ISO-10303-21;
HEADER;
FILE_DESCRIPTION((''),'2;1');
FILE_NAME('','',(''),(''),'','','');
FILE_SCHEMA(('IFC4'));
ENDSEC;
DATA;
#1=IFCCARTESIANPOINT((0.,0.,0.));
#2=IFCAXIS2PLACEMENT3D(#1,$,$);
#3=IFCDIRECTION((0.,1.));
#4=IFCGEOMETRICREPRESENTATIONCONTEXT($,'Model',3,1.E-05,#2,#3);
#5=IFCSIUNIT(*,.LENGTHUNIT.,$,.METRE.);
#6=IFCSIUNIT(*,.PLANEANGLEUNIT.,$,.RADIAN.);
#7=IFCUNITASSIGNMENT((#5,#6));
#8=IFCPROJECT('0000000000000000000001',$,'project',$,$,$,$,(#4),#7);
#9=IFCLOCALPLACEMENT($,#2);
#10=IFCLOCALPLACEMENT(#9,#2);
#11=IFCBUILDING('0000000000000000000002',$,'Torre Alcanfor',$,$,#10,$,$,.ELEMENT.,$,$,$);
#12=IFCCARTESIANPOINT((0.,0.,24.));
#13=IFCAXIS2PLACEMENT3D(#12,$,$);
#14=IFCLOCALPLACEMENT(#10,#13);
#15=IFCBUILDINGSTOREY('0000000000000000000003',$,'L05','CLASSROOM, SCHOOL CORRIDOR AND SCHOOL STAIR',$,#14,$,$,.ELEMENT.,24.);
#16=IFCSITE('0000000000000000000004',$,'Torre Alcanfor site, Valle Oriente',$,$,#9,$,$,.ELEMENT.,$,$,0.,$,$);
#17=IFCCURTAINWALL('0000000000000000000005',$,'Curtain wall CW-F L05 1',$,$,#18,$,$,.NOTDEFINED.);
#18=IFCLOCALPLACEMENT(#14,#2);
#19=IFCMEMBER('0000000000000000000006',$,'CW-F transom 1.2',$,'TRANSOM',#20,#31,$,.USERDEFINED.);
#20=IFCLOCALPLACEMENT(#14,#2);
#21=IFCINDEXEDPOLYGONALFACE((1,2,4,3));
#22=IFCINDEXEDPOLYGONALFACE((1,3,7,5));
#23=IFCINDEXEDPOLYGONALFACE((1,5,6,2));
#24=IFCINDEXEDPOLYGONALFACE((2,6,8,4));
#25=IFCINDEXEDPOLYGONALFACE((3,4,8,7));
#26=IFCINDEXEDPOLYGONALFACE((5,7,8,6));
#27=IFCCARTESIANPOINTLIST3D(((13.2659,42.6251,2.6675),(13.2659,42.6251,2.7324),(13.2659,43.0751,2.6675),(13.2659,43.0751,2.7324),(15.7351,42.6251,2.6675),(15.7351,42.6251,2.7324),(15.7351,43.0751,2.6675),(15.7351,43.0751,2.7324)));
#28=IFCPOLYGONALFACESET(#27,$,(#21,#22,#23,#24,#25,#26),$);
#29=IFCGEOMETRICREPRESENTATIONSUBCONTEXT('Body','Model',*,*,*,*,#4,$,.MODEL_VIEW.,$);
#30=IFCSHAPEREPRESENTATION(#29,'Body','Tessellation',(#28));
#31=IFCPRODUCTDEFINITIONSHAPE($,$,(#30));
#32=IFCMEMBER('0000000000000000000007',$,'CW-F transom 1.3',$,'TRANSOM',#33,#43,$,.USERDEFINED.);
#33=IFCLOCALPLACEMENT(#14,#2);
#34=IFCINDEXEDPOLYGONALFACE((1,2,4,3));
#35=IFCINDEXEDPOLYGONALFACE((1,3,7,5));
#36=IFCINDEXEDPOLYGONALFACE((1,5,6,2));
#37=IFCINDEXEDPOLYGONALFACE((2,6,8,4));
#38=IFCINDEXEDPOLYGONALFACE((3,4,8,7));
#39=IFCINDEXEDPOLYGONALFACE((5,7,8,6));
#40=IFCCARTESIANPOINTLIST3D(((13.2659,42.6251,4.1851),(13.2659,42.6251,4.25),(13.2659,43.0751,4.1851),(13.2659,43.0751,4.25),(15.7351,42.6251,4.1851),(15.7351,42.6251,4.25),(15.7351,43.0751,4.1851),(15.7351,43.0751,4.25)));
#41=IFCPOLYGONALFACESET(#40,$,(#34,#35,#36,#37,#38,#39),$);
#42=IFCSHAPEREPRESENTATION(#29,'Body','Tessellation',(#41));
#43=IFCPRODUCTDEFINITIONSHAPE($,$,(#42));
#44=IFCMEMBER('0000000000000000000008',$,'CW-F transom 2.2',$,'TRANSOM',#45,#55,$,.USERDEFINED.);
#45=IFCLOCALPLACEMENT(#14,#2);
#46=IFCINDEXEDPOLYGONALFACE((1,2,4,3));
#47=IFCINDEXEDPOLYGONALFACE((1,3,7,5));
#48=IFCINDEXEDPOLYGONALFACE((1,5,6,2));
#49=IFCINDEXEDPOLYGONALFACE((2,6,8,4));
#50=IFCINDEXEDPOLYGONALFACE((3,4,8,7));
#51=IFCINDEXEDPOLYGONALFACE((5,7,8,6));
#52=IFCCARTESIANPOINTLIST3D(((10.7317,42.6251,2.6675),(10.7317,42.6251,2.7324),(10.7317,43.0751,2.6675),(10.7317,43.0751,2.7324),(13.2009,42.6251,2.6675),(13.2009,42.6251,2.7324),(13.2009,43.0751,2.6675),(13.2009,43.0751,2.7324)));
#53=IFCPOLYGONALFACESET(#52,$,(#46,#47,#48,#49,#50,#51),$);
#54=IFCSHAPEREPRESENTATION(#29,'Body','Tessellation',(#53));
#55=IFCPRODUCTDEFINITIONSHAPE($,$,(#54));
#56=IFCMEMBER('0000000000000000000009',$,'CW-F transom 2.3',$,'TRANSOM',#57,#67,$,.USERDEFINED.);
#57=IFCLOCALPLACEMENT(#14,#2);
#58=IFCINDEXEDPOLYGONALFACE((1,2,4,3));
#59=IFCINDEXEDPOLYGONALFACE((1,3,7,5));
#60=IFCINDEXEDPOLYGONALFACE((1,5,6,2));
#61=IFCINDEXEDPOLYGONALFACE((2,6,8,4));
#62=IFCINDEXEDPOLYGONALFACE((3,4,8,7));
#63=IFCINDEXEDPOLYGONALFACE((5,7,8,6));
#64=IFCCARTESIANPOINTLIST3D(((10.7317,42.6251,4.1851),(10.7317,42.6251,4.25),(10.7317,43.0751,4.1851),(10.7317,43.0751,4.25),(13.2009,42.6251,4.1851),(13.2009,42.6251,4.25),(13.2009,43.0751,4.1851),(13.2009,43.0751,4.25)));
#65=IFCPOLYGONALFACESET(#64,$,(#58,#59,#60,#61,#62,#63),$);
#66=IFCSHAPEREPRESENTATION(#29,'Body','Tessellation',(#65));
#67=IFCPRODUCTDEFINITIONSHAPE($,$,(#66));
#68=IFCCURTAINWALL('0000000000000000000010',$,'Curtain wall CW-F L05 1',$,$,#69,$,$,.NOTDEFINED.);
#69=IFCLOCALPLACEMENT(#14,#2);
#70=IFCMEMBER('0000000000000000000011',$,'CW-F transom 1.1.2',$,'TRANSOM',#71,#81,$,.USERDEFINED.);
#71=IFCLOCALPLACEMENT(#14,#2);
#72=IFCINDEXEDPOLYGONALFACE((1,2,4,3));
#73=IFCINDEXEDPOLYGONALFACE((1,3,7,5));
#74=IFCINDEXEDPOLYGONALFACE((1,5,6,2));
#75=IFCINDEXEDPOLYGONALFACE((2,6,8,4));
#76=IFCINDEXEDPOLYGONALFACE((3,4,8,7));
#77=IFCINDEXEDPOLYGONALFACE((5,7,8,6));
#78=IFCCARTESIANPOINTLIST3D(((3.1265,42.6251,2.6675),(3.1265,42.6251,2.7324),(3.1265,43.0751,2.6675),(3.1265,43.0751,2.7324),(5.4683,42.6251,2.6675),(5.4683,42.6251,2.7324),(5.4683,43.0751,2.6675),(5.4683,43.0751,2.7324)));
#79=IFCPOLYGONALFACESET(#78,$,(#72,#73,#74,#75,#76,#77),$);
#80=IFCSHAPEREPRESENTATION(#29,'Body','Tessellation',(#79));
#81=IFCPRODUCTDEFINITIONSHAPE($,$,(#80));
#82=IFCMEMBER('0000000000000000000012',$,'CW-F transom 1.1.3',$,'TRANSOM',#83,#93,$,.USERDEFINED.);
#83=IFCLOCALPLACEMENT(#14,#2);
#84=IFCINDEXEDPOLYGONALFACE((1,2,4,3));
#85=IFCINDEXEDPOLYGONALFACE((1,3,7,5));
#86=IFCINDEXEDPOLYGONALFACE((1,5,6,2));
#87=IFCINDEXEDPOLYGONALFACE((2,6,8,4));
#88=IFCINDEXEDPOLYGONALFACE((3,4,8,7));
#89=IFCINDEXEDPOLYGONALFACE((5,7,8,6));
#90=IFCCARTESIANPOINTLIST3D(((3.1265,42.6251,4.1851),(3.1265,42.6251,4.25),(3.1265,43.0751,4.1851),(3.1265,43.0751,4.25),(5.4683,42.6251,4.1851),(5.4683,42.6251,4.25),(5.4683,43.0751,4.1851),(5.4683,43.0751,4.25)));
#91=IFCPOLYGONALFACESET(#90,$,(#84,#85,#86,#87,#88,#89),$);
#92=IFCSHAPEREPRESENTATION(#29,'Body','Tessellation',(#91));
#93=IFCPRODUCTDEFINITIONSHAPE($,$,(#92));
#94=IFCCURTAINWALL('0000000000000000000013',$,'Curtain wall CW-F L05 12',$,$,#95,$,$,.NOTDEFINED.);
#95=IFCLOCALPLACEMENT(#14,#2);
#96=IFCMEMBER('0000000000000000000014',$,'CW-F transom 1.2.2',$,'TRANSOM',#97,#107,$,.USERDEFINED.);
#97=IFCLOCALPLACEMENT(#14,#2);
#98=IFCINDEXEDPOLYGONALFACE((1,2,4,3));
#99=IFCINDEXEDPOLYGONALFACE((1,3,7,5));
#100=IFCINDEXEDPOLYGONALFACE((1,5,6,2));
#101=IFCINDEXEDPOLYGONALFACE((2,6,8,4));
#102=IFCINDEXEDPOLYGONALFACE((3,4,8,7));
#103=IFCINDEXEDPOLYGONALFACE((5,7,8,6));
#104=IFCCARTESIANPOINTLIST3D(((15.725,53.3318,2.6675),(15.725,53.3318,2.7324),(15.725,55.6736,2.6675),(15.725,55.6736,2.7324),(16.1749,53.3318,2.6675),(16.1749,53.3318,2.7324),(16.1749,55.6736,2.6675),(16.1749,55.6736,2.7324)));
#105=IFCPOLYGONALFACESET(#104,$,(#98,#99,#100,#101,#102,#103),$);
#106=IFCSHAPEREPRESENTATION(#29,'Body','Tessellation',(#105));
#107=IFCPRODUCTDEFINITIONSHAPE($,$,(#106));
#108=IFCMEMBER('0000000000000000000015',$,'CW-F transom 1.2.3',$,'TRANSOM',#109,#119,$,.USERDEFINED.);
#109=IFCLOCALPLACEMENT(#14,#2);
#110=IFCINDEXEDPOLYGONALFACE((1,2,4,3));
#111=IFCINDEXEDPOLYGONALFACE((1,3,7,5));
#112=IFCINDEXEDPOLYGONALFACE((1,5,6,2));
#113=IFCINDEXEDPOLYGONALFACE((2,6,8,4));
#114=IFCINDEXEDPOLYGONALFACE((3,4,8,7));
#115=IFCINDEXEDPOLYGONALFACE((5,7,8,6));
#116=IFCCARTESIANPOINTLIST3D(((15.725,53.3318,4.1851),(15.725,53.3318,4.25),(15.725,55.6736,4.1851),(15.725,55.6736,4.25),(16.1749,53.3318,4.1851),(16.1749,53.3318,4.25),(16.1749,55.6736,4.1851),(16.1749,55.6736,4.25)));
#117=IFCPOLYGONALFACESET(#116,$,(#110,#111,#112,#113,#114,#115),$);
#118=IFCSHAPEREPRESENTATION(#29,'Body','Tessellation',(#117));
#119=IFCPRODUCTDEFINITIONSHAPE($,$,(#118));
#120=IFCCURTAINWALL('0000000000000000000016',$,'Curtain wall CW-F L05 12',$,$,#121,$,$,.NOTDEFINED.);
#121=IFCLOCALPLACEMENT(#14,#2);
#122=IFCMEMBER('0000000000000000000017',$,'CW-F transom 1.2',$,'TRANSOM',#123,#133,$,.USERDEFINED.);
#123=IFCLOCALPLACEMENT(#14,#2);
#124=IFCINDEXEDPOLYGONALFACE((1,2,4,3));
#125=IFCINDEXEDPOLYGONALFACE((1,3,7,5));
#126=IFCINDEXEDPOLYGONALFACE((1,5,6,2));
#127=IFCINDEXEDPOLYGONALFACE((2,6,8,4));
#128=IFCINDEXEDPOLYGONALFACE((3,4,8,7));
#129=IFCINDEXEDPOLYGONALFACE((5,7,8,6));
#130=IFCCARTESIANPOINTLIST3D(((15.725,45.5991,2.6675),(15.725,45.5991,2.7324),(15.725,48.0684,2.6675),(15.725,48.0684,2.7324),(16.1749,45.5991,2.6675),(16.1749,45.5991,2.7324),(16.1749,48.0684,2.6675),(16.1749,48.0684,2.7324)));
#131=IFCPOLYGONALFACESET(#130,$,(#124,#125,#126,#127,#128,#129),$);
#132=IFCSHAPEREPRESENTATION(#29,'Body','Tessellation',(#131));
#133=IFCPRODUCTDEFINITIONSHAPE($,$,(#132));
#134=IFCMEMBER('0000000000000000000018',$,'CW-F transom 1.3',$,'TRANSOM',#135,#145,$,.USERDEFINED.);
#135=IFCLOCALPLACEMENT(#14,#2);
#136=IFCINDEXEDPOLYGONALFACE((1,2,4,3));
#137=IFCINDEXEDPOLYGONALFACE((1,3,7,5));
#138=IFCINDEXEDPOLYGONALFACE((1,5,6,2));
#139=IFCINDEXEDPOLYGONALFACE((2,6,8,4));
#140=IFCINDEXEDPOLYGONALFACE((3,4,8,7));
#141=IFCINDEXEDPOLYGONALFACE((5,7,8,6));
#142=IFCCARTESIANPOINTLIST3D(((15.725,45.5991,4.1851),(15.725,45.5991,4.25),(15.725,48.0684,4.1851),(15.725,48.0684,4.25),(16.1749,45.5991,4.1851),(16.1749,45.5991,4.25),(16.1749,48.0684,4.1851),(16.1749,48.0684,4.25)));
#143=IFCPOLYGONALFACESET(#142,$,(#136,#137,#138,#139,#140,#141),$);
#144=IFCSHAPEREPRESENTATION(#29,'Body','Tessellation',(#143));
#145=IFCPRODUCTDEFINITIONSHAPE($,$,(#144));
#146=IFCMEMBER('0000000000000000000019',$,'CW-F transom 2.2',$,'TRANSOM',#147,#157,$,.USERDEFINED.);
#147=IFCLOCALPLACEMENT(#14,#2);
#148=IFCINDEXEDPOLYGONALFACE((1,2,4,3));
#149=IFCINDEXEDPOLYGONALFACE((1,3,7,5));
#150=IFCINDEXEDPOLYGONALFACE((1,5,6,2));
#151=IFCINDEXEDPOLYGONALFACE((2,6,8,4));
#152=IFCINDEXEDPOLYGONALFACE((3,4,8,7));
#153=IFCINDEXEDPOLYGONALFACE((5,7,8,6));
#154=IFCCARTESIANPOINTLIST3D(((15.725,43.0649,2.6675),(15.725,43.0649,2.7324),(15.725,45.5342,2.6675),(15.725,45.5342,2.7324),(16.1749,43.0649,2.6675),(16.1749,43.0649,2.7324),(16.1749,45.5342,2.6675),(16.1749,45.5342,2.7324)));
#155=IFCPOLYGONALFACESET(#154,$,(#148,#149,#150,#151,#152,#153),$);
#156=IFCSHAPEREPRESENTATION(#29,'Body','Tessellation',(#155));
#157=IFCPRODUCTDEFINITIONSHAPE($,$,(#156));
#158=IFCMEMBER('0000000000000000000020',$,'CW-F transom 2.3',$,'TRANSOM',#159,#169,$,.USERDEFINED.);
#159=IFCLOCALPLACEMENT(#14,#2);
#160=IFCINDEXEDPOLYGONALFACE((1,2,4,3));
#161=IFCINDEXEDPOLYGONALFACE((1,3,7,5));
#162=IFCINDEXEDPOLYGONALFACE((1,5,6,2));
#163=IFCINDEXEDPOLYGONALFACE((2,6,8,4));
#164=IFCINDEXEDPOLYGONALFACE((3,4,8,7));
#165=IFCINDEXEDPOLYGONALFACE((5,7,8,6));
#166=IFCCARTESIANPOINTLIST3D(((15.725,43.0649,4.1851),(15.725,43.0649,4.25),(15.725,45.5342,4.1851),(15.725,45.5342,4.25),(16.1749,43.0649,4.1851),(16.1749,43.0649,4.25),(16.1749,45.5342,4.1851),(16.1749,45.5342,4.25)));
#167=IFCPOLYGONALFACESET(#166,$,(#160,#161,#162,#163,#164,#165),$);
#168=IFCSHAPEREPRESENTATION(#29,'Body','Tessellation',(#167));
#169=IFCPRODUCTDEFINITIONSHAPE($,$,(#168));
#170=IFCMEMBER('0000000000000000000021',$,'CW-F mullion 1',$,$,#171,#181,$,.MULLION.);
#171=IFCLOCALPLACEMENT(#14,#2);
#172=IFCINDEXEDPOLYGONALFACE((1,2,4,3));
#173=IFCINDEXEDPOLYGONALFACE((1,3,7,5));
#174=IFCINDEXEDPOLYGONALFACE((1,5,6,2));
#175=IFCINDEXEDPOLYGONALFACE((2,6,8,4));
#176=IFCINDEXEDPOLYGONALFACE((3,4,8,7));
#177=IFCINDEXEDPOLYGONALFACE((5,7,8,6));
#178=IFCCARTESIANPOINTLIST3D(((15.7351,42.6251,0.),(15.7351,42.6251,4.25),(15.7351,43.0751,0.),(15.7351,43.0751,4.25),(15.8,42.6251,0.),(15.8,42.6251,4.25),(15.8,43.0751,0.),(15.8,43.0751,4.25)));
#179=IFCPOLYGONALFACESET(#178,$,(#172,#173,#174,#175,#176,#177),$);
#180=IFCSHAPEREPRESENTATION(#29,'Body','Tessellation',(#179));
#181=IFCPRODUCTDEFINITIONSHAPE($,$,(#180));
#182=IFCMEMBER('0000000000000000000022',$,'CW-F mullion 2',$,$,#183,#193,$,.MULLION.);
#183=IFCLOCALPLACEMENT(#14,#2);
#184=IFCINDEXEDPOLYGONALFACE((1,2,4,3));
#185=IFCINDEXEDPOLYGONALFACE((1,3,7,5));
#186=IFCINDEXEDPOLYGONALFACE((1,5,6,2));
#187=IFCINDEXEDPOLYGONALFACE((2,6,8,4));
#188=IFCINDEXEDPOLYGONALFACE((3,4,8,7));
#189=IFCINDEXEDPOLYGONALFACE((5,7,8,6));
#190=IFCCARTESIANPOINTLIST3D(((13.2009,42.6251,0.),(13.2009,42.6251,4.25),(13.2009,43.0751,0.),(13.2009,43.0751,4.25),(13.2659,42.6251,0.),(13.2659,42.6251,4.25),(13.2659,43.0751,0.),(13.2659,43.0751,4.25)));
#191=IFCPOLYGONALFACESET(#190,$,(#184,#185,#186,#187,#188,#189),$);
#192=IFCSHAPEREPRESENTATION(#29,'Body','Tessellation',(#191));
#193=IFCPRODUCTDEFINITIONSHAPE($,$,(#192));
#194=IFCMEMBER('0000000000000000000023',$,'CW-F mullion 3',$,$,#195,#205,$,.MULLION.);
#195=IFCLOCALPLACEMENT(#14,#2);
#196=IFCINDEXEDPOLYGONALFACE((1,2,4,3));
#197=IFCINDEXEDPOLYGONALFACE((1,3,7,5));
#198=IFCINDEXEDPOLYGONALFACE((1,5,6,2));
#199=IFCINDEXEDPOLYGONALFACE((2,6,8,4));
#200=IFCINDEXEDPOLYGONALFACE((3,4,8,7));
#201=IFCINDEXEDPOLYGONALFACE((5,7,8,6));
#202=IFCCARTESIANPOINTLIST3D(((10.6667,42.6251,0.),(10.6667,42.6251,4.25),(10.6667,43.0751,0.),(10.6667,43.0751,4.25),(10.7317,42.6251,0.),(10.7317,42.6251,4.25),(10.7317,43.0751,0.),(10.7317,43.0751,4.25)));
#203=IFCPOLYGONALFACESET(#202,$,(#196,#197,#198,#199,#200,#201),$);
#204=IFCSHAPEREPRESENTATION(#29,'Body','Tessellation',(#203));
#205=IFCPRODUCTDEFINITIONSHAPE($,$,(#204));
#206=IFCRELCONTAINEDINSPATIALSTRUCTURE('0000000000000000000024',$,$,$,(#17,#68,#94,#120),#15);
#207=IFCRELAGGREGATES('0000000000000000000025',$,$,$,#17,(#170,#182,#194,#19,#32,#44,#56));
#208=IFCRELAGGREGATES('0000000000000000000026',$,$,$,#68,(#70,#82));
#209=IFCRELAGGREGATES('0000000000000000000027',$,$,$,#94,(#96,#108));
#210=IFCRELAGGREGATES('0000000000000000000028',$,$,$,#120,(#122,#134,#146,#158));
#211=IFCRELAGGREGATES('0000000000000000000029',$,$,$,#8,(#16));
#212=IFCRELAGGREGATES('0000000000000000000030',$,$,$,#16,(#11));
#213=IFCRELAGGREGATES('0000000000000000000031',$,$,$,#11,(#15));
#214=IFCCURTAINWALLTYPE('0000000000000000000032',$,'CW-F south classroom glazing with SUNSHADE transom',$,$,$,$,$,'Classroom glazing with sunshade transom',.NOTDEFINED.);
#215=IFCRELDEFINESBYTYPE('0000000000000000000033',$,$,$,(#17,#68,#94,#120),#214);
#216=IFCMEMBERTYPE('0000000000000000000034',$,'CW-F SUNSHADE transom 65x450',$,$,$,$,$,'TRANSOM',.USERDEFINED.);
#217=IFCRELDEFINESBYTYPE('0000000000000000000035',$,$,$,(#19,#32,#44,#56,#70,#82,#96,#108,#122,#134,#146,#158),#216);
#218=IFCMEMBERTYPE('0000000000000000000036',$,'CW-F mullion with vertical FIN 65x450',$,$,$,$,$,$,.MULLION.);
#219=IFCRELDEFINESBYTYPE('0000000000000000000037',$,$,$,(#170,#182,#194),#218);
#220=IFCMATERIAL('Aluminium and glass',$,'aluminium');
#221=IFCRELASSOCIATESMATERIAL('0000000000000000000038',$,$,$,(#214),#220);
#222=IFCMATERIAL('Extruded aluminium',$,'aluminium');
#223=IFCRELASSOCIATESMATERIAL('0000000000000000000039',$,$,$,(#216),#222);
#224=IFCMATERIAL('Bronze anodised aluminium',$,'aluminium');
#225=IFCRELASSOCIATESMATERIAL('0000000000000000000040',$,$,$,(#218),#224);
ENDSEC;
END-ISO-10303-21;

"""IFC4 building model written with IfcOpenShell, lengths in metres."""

from ifc_helpers import new_model, si_unit, direction, frame, origin, origin_2d, place, context, subcontext, project, spatial, rectangle, extrude, material, material_profile, profile_set, type_object, element, aggregate, save


model = new_model("IFC4")

# Units and contexts
model_context = context("Model", 3, precision=1e-05, world=origin(), true_north=direction((0.0, 1.0)))
body_context = subcontext(model_context, "Body", "Model", "MODEL_VIEW")
ifc_project = project(units=[si_unit("LENGTHUNIT", "METRE"), si_unit("PLANEANGLEUNIT", "RADIAN")], contexts=[model_context])

# Site, building, storey
site_placement = place(None, origin())
site = spatial("IfcSite", under=ifc_project, at=site_placement, Name="Torre Alcanfor site, Valle Oriente", CompositionType="ELEMENT", RefElevation=0.0)
building_placement = place(site_placement, origin())
building = spatial("IfcBuilding", under=site, at=building_placement, Name="Torre Alcanfor", CompositionType="ELEMENT")
storey_placement = place(building_placement, frame((0.0, 0.0, 24.0)))
storey = spatial("IfcBuildingStorey", under=building, at=storey_placement, Name="L05", Description="CLASSROOM, SCHOOL CORRIDOR AND SCHOOL STAIR", CompositionType="ELEMENT", Elevation=24.0)

# Curtain walls, members
ifc_material_1 = material(Name="Aluminium and glass", Category="aluminium")
curtain_wall_type = type_object("IfcCurtainWallType", Name="CW-F south classroom glazing with SUNSHADE transom", ElementType="Classroom glazing with sunshade transom", PredefinedType="NOTDEFINED", material=ifc_material_1)
curtain_wall_1_placement = place(storey_placement, origin())
curtain_wall_1 = element("IfcCurtainWall", 1, at=curtain_wall_1_placement, inside=storey, type_object=curtain_wall_type, Name="Curtain wall CW-F L05 1", PredefinedType="NOTDEFINED")
ifc_material_2 = material(Name="Extruded aluminium", Category="aluminium")
ifc_material_profile_1 = material_profile(ifc_material_2, rectangle(XDim=0.45, YDim=0.0649, at=origin_2d()), Name="CW-F transom 450x65")
ifc_profile_set_1 = profile_set([ifc_material_profile_1], Name="Extruded aluminium")
member_type_1 = type_object("IfcMemberType", Name="CW-F SUNSHADE transom 65x450", ElementType="TRANSOM", PredefinedType="USERDEFINED", material=ifc_profile_set_1)
member_1_placement = place(storey_placement, frame((15.7351, 42.8501, 2.7), z_axis=(-1.0, 0.0, 0.0), x_axis=(0.0, -1.0, 0.0)))
member_1 = element("IfcMember", 2, at=member_1_placement, type_object=member_type_1, Name="CW-F transom 1.2", ObjectType="TRANSOM", PredefinedType="USERDEFINED", context=body_context, shape_type="SweptSolid", body=[
    extrude(rectangle(XDim=0.45, YDim=0.0649, at=origin_2d()), origin(), (0.0, 0.0, 1.0), 2.4692),
])
member_2_placement = place(storey_placement, frame((15.7351, 42.8501, 4.2175), z_axis=(-1.0, 0.0, 0.0), x_axis=(0.0, -1.0, 0.0)))
member_2 = element("IfcMember", 3, at=member_2_placement, type_object=member_type_1, Name="CW-F transom 1.3", ObjectType="TRANSOM", PredefinedType="USERDEFINED", context=body_context, shape_type="SweptSolid", body=[
    extrude(rectangle(XDim=0.45, YDim=0.0649, at=origin_2d()), origin(), (0.0, 0.0, 1.0), 2.4692),
])
member_3_placement = place(storey_placement, frame((13.2009, 42.8501, 2.7), z_axis=(-1.0, 0.0, 0.0), x_axis=(0.0, -1.0, 0.0)))
member_3 = element("IfcMember", 4, at=member_3_placement, type_object=member_type_1, Name="CW-F transom 2.2", ObjectType="TRANSOM", PredefinedType="USERDEFINED", context=body_context, shape_type="SweptSolid", body=[
    extrude(rectangle(XDim=0.45, YDim=0.0649, at=origin_2d()), origin(), (0.0, 0.0, 1.0), 2.4692),
])
member_4_placement = place(storey_placement, frame((13.2009, 42.8501, 4.2175), z_axis=(-1.0, 0.0, 0.0), x_axis=(0.0, -1.0, 0.0)))
member_4 = element("IfcMember", 5, at=member_4_placement, type_object=member_type_1, Name="CW-F transom 2.3", ObjectType="TRANSOM", PredefinedType="USERDEFINED", context=body_context, shape_type="SweptSolid", body=[
    extrude(rectangle(XDim=0.45, YDim=0.0649, at=origin_2d()), origin(), (0.0, 0.0, 1.0), 2.4692),
])
curtain_wall_2_placement = place(storey_placement, origin())
curtain_wall_2 = element("IfcCurtainWall", 6, at=curtain_wall_2_placement, inside=storey, type_object=curtain_wall_type, Name="Curtain wall CW-F L05 1", PredefinedType="NOTDEFINED")
member_5_placement = place(storey_placement, frame((5.4683, 42.8501, 2.7), z_axis=(-1.0, 0.0, 0.0), x_axis=(0.0, -1.0, 0.0)))
member_5 = element("IfcMember", 7, at=member_5_placement, type_object=member_type_1, Name="CW-F transom 1.1.2", ObjectType="TRANSOM", PredefinedType="USERDEFINED", context=body_context, shape_type="SweptSolid", body=[
    extrude(rectangle(XDim=0.45, YDim=0.0649, at=origin_2d()), origin(), (0.0, 0.0, 1.0), 2.3418),
])
member_6_placement = place(storey_placement, frame((5.4683, 42.8501, 4.2175), z_axis=(-1.0, 0.0, 0.0), x_axis=(0.0, -1.0, 0.0)))
member_6 = element("IfcMember", 8, at=member_6_placement, type_object=member_type_1, Name="CW-F transom 1.1.3", ObjectType="TRANSOM", PredefinedType="USERDEFINED", context=body_context, shape_type="SweptSolid", body=[
    extrude(rectangle(XDim=0.45, YDim=0.0649, at=origin_2d()), origin(), (0.0, 0.0, 1.0), 2.3418),
])
curtain_wall_3_placement = place(storey_placement, origin())
curtain_wall_3 = element("IfcCurtainWall", 9, at=curtain_wall_3_placement, inside=storey, type_object=curtain_wall_type, Name="Curtain wall CW-F L05 12", PredefinedType="NOTDEFINED")
member_7_placement = place(storey_placement, frame((15.95, 55.6736, 2.7), z_axis=(0.0, -1.0, 0.0), x_axis=(1.0, 0.0, 0.0)))
member_7 = element("IfcMember", 10, at=member_7_placement, type_object=member_type_1, Name="CW-F transom 1.2.2", ObjectType="TRANSOM", PredefinedType="USERDEFINED", context=body_context, shape_type="SweptSolid", body=[
    extrude(rectangle(XDim=0.45, YDim=0.0649, at=origin_2d()), origin(), (0.0, 0.0, 1.0), 2.3418),
])
member_8_placement = place(storey_placement, frame((15.95, 55.6736, 4.2175), z_axis=(0.0, -1.0, 0.0), x_axis=(1.0, 0.0, 0.0)))
member_8 = element("IfcMember", 11, at=member_8_placement, type_object=member_type_1, Name="CW-F transom 1.2.3", ObjectType="TRANSOM", PredefinedType="USERDEFINED", context=body_context, shape_type="SweptSolid", body=[
    extrude(rectangle(XDim=0.45, YDim=0.0649, at=origin_2d()), origin(), (0.0, 0.0, 1.0), 2.3418),
])
curtain_wall_4_placement = place(storey_placement, origin())
curtain_wall_4 = element("IfcCurtainWall", 12, at=curtain_wall_4_placement, inside=storey, type_object=curtain_wall_type, Name="Curtain wall CW-F L05 12", PredefinedType="NOTDEFINED")
member_9_placement = place(storey_placement, frame((15.95, 48.0684, 2.7), z_axis=(0.0, -1.0, 0.0), x_axis=(1.0, 0.0, 0.0)))
member_9 = element("IfcMember", 13, at=member_9_placement, type_object=member_type_1, Name="CW-F transom 1.2", ObjectType="TRANSOM", PredefinedType="USERDEFINED", context=body_context, shape_type="SweptSolid", body=[
    extrude(rectangle(XDim=0.45, YDim=0.0649, at=origin_2d()), origin(), (0.0, 0.0, 1.0), 2.4692),
])
member_10_placement = place(storey_placement, frame((15.95, 48.0684, 4.2175), z_axis=(0.0, -1.0, 0.0), x_axis=(1.0, 0.0, 0.0)))
member_10 = element("IfcMember", 14, at=member_10_placement, type_object=member_type_1, Name="CW-F transom 1.3", ObjectType="TRANSOM", PredefinedType="USERDEFINED", context=body_context, shape_type="SweptSolid", body=[
    extrude(rectangle(XDim=0.45, YDim=0.0649, at=origin_2d()), origin(), (0.0, 0.0, 1.0), 2.4692),
])
member_11_placement = place(storey_placement, frame((15.95, 45.5342, 2.7), z_axis=(0.0, -1.0, 0.0), x_axis=(1.0, 0.0, 0.0)))
member_11 = element("IfcMember", 15, at=member_11_placement, type_object=member_type_1, Name="CW-F transom 2.2", ObjectType="TRANSOM", PredefinedType="USERDEFINED", context=body_context, shape_type="SweptSolid", body=[
    extrude(rectangle(XDim=0.45, YDim=0.0649, at=origin_2d()), origin(), (0.0, 0.0, 1.0), 2.4692),
])
member_12_placement = place(storey_placement, frame((15.95, 45.5342, 4.2175), z_axis=(0.0, -1.0, 0.0), x_axis=(1.0, 0.0, 0.0)))
member_12 = element("IfcMember", 16, at=member_12_placement, type_object=member_type_1, Name="CW-F transom 2.3", ObjectType="TRANSOM", PredefinedType="USERDEFINED", context=body_context, shape_type="SweptSolid", body=[
    extrude(rectangle(XDim=0.45, YDim=0.0649, at=origin_2d()), origin(), (0.0, 0.0, 1.0), 2.4692),
])

# Members
ifc_material_3 = material(Name="Bronze anodised aluminium", Category="aluminium")
ifc_material_profile_2 = material_profile(ifc_material_3, rectangle(XDim=0.45, YDim=0.0649, at=origin_2d()), Name="CW-F mullion 65x450")
ifc_profile_set_2 = profile_set([ifc_material_profile_2], Name="Bronze anodised aluminium")
member_type_2 = type_object("IfcMemberType", Name="CW-F mullion with vertical FIN 65x450", PredefinedType="MULLION", material=ifc_profile_set_2)
member_13_placement = place(storey_placement, frame((15.7676, 42.8501, 0.0), z_axis=(0.0, 0.0, 1.0), x_axis=(0.0, -1.0, 0.0)))
member_13 = element("IfcMember", 17, at=member_13_placement, type_object=member_type_2, Name="CW-F mullion 1", PredefinedType="MULLION", context=body_context, shape_type="SweptSolid", body=[
    extrude(rectangle(XDim=0.45, YDim=0.0649, at=origin_2d()), origin(), (0.0, 0.0, 1.0), 4.25),
])
member_14_placement = place(storey_placement, frame((13.2334, 42.8501, 0.0), z_axis=(0.0, 0.0, 1.0), x_axis=(0.0, -1.0, 0.0)))
member_14 = element("IfcMember", 18, at=member_14_placement, type_object=member_type_2, Name="CW-F mullion 2", PredefinedType="MULLION", context=body_context, shape_type="SweptSolid", body=[
    extrude(rectangle(XDim=0.45, YDim=0.0649, at=origin_2d()), origin(), (0.0, 0.0, 1.0), 4.25),
])
member_15_placement = place(storey_placement, frame((10.6992, 42.8501, 0.0), z_axis=(0.0, 0.0, 1.0), x_axis=(0.0, -1.0, 0.0)))
member_15 = element("IfcMember", 19, at=member_15_placement, type_object=member_type_2, Name="CW-F mullion 3", PredefinedType="MULLION", context=body_context, shape_type="SweptSolid", body=[
    extrude(rectangle(XDim=0.45, YDim=0.0649, at=origin_2d()), origin(), (0.0, 0.0, 1.0), 4.25),
])

aggregate(curtain_wall_1, [member_13, member_14, member_15, member_1, member_2, member_3, member_4])
aggregate(curtain_wall_2, [member_5, member_6])
aggregate(curtain_wall_3, [member_7, member_8])
aggregate(curtain_wall_4, [member_9, member_10, member_11, member_12])

save(model, "model.ifc")
